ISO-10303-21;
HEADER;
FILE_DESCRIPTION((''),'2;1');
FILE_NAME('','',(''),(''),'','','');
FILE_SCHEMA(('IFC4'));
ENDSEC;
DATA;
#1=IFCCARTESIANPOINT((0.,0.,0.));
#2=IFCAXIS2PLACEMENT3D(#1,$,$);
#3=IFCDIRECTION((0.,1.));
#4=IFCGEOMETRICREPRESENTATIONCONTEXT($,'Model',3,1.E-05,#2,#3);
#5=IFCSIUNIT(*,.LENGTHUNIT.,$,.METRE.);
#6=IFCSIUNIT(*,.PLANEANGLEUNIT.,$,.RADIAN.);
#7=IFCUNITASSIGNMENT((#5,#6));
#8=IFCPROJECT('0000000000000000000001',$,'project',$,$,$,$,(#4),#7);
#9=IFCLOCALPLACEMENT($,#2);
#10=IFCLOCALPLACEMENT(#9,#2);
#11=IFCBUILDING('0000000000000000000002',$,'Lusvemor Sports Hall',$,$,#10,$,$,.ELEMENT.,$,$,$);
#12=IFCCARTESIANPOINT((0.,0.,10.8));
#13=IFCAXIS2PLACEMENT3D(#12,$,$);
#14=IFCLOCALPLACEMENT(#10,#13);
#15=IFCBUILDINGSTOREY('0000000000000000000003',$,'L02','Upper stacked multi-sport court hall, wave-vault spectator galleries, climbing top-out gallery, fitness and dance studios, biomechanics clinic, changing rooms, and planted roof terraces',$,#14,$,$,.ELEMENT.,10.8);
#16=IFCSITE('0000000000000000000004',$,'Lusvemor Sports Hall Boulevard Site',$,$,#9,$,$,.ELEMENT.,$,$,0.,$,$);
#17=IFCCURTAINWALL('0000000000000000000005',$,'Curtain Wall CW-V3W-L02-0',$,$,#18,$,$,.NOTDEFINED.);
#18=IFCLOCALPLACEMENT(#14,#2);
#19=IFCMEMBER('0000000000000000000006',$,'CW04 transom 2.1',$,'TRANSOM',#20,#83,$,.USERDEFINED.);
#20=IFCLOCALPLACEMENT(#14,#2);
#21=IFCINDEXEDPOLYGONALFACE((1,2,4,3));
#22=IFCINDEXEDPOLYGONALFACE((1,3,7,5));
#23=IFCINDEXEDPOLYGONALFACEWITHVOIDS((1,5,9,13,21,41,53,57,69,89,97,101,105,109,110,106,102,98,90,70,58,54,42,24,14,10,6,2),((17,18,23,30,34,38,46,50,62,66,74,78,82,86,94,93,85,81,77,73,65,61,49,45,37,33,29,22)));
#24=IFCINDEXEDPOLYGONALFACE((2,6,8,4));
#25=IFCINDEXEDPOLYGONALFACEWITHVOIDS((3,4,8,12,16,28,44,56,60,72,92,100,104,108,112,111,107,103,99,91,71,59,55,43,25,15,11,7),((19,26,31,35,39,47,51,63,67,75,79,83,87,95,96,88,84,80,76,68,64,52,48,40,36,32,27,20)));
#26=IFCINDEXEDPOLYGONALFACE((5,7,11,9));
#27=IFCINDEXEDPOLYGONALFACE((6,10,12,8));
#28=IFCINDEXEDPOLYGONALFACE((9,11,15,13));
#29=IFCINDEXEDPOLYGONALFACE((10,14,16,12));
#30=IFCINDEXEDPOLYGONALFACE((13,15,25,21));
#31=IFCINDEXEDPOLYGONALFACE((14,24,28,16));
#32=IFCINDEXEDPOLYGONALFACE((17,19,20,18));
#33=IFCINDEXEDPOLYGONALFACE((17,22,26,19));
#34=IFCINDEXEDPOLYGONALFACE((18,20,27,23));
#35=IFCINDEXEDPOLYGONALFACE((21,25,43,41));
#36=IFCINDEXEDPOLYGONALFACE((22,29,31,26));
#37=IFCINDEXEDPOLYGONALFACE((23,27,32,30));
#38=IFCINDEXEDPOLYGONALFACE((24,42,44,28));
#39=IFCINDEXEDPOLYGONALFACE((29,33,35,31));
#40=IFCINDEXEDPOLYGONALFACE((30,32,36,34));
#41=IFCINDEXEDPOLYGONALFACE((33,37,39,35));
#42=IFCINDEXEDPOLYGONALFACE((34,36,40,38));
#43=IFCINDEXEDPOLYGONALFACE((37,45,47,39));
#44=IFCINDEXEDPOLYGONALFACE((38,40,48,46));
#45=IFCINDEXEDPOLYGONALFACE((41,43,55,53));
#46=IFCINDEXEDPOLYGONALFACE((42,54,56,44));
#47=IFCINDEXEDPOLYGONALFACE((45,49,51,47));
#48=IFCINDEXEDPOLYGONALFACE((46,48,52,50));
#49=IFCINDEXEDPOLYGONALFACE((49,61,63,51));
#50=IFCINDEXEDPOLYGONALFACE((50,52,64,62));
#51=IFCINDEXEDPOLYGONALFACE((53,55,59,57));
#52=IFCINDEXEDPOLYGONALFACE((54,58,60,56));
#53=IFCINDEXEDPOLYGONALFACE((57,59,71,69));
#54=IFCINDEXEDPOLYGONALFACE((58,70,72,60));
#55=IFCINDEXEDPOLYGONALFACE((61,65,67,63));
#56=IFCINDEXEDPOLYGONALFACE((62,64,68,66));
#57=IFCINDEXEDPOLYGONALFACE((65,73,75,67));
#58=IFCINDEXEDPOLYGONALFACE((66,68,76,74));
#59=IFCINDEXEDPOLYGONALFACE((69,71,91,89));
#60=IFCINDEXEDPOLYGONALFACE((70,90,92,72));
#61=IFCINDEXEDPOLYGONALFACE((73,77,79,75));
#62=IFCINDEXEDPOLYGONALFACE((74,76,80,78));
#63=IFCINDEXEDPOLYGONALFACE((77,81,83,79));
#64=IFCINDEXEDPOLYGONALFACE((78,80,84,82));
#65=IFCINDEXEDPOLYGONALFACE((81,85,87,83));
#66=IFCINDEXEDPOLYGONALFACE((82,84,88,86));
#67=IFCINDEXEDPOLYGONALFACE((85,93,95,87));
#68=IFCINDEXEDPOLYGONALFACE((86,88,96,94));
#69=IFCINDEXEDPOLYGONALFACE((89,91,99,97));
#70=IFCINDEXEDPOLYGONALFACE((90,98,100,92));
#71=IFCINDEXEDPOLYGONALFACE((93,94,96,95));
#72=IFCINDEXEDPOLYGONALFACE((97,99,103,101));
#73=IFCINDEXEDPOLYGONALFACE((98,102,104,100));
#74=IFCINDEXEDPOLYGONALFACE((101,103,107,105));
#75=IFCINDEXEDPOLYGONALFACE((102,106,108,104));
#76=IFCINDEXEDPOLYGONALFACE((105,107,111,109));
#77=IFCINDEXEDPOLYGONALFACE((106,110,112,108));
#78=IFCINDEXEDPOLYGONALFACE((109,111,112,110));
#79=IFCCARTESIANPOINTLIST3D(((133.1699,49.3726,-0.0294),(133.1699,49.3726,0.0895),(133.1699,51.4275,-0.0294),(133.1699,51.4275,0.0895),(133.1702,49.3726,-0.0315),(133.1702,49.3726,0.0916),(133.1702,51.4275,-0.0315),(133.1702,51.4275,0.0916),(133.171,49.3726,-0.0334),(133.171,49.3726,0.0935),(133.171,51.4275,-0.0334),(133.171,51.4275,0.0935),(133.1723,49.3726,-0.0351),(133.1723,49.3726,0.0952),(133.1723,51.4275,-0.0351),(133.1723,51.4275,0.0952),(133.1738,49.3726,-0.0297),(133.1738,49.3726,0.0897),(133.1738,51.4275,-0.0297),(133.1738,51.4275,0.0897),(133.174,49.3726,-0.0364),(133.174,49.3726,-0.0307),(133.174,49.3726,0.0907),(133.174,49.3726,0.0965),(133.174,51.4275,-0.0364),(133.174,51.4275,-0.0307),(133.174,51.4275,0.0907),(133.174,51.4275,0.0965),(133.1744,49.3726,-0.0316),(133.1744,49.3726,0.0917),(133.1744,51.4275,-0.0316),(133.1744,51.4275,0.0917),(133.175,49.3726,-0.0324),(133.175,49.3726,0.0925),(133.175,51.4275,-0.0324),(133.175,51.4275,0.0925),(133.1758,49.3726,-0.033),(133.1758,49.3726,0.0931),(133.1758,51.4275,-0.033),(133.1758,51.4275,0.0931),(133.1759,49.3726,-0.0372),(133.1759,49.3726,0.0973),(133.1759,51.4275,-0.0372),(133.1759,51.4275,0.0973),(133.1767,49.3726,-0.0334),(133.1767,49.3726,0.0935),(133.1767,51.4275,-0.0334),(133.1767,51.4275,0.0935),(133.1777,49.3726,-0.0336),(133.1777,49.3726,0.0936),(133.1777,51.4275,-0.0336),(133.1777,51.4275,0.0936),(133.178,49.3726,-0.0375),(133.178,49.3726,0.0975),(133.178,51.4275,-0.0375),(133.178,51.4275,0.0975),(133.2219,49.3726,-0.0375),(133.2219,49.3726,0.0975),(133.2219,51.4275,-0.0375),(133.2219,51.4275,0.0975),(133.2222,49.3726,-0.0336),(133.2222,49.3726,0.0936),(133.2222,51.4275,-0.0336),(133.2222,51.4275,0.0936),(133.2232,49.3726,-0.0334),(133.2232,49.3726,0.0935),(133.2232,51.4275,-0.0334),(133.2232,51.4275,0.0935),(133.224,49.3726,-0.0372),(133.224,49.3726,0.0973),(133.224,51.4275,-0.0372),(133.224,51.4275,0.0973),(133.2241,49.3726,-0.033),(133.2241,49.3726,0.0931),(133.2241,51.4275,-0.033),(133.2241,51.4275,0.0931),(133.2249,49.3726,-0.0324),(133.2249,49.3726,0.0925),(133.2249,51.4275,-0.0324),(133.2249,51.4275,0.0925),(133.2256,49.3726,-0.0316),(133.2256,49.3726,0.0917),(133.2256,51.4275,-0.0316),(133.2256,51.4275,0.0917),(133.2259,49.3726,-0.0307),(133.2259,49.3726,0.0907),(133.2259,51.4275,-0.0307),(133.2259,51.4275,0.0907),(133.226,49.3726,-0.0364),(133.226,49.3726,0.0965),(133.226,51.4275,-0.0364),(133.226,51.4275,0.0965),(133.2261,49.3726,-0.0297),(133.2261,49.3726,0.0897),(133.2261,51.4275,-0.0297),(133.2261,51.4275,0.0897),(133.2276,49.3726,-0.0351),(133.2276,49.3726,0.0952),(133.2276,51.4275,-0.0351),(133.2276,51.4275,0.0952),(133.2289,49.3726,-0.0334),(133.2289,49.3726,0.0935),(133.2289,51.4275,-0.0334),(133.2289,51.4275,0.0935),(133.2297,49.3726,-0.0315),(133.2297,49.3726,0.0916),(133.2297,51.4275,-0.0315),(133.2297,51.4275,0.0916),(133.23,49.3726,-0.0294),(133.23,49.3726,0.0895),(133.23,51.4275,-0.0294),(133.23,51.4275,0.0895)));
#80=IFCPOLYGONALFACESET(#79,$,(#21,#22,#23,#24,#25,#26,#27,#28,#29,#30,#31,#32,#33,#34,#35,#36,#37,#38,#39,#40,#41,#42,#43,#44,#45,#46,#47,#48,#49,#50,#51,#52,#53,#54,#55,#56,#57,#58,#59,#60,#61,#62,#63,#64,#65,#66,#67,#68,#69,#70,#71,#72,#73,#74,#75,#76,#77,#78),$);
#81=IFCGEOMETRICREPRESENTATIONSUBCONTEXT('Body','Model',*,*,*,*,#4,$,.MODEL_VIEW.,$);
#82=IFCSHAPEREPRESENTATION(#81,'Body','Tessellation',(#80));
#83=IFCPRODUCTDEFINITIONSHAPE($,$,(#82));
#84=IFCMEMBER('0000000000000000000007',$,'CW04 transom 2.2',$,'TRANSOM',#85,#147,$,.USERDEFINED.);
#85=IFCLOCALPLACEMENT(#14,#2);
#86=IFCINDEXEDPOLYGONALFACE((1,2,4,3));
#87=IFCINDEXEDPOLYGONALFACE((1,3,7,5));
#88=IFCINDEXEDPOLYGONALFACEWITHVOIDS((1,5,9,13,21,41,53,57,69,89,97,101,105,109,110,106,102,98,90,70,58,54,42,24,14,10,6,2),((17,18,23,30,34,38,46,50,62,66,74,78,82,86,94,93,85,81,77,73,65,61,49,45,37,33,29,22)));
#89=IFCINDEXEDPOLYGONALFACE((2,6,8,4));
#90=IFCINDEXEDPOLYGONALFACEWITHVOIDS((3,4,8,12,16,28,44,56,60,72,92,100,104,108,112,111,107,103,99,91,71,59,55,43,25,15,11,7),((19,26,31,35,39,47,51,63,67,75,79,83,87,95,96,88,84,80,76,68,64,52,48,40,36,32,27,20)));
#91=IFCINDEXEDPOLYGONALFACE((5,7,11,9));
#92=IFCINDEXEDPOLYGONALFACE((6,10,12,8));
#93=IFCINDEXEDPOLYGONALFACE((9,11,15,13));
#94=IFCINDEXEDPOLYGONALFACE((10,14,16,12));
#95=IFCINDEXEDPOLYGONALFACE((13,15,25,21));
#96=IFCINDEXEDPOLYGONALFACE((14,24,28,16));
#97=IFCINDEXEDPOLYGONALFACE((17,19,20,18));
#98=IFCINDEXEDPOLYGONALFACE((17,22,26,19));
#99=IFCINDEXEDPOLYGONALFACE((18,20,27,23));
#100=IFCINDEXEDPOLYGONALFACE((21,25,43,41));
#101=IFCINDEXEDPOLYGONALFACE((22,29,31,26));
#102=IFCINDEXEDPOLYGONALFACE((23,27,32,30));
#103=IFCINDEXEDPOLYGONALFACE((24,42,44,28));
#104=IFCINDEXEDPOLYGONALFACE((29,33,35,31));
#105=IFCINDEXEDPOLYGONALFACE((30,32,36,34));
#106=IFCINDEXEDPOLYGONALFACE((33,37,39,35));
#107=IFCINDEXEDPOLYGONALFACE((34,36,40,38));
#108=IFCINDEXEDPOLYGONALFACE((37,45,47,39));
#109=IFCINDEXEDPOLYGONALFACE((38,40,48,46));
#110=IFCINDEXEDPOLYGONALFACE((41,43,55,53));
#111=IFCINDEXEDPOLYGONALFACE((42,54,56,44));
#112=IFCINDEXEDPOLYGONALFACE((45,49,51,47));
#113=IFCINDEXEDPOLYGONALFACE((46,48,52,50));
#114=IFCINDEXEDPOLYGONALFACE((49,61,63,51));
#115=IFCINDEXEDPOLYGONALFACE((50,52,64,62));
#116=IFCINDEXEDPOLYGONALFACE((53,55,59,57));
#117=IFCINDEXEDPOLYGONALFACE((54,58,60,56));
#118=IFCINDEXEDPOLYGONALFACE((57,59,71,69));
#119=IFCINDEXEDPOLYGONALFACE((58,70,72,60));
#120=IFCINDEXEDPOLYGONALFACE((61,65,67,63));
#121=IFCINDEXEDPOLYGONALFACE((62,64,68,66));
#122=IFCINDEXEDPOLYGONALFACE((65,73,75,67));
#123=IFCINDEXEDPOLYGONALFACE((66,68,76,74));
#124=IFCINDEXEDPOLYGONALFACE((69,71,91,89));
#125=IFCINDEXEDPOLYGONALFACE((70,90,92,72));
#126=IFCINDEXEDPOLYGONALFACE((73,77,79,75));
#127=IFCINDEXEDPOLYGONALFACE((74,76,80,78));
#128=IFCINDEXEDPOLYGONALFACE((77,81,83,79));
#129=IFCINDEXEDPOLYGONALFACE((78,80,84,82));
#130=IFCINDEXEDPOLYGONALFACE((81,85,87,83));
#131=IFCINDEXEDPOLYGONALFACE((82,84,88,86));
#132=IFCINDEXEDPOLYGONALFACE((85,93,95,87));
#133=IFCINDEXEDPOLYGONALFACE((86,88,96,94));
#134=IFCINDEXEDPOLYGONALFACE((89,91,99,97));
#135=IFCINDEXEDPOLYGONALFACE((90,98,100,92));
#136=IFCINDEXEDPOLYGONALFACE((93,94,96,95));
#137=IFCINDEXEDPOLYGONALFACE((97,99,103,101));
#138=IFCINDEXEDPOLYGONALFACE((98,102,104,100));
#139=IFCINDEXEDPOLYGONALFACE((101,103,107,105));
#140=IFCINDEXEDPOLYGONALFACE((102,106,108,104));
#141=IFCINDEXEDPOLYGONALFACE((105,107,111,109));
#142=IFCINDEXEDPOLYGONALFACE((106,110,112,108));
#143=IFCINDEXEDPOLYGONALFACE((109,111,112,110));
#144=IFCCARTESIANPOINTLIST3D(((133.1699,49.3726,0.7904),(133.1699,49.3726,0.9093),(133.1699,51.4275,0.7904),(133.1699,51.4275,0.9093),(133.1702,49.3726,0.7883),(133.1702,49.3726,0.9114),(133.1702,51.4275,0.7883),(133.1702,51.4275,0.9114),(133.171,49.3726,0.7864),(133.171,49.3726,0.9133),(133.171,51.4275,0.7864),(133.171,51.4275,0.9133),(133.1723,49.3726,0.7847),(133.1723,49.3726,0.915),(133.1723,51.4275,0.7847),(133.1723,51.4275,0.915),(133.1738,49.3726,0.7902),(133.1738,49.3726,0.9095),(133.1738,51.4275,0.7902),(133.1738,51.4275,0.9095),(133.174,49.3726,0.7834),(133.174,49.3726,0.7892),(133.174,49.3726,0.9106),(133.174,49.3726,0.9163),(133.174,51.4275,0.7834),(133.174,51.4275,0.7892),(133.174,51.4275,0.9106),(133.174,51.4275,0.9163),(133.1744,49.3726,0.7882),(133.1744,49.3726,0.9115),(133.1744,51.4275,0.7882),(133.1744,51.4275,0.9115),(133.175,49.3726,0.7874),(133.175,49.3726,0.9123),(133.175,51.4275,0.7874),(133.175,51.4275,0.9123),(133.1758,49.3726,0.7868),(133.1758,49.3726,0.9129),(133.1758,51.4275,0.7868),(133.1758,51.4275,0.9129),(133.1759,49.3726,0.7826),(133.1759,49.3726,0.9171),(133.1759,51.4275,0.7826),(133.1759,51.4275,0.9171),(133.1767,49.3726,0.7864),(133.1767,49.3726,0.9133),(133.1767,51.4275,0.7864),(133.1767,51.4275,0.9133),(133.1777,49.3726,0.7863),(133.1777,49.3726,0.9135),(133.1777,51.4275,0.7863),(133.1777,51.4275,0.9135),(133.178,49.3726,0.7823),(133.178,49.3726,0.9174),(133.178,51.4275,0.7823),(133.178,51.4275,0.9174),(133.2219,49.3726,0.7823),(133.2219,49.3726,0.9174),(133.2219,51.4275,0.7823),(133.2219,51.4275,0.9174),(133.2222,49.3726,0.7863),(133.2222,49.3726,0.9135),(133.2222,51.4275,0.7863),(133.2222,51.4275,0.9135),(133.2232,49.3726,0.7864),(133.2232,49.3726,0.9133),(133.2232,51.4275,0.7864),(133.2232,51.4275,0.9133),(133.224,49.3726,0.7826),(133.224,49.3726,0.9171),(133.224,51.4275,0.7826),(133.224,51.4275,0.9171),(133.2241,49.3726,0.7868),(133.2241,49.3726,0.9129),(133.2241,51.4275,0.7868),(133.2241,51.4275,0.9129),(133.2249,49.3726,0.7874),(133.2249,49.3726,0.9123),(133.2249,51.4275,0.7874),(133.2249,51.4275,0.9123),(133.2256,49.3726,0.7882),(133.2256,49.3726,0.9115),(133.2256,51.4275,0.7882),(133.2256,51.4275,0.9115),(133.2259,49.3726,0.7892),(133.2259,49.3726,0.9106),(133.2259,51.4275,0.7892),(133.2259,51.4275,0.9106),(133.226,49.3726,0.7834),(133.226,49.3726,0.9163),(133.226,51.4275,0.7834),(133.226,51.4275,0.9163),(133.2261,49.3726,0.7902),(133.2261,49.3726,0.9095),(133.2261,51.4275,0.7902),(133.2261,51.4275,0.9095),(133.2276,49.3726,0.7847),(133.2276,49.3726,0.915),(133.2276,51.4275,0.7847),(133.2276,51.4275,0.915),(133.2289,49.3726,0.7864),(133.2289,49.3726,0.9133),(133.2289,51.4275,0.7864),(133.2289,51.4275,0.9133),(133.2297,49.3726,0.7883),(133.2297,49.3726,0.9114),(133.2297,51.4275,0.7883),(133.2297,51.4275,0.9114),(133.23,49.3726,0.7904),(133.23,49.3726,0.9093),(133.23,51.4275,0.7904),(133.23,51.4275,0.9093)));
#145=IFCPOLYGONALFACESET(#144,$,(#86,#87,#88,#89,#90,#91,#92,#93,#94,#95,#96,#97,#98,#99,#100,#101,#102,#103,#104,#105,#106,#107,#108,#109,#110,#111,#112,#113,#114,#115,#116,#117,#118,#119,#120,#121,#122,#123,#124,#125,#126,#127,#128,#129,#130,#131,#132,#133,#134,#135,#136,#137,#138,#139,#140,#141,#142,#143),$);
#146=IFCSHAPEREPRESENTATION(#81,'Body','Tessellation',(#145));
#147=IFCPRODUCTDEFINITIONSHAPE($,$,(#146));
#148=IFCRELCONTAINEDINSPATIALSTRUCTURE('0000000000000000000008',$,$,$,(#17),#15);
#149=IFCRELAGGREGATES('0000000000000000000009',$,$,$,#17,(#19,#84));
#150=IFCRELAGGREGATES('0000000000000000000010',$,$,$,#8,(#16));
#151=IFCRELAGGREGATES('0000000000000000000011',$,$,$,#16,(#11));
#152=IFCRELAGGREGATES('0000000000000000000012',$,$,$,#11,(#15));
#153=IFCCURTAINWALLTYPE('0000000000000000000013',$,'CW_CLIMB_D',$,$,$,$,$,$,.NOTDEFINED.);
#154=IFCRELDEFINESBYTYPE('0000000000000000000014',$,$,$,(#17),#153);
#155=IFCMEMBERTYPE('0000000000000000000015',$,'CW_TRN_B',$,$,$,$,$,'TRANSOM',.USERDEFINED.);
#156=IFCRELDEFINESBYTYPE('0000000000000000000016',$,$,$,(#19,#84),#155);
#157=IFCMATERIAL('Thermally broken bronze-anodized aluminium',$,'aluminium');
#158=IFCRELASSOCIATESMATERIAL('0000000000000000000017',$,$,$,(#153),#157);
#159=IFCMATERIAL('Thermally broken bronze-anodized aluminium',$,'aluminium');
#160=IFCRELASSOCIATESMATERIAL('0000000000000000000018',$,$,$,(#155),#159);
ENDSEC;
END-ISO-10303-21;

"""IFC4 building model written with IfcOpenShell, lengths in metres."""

from ifc_helpers import new_model, si_unit, direction, frame, origin, origin_2d, place, context, subcontext, project, spatial, hollow_rectangle, extrude, material, material_profile, profile_set, type_object, element, aggregate, save


model = new_model("IFC4")

# Units and contexts
model_context = context("Model", 3, precision=1e-05, world=origin(), true_north=direction((0.0, 1.0)))
body_context = subcontext(model_context, "Body", "Model", "MODEL_VIEW")
ifc_project = project(units=[si_unit("LENGTHUNIT", "METRE"), si_unit("PLANEANGLEUNIT", "RADIAN")], contexts=[model_context])

# Site, building, storey
site_placement = place(None, origin())
site = spatial("IfcSite", under=ifc_project, at=site_placement, Name="Lusvemor Sports Hall Boulevard Site", CompositionType="ELEMENT", RefElevation=0.0)
building_placement = place(site_placement, origin())
building = spatial("IfcBuilding", under=site, at=building_placement, Name="Lusvemor Sports Hall", CompositionType="ELEMENT")
storey_placement = place(building_placement, frame((0.0, 0.0, 10.8)))
storey = spatial("IfcBuildingStorey", under=building, at=storey_placement, Name="L02", Description="Upper stacked multi-sport court hall, wave-vault spectator galleries, climbing top-out gallery, fitness and dance studios, biomechanics clinic, changing rooms, and planted roof terraces", CompositionType="ELEMENT", Elevation=10.8)

# Curtain wall
ifc_material_1 = material(Name="Thermally broken bronze-anodized aluminium", Category="aluminium")
curtain_wall_type = type_object("IfcCurtainWallType", Name="CW_CLIMB_D", PredefinedType="NOTDEFINED", material=ifc_material_1)
curtain_wall_1_placement = place(storey_placement, origin())
curtain_wall_1 = element("IfcCurtainWall", 1, at=curtain_wall_1_placement, inside=storey, type_object=curtain_wall_type, Name="Curtain Wall CW-V3W-L02-0", PredefinedType="NOTDEFINED")

# Members
ifc_material_2 = material(Name="Thermally broken bronze-anodized aluminium", Category="aluminium")
ifc_material_profile_1 = material_profile(ifc_material_2, hollow_rectangle(XDim=0.0601, YDim=0.135, WallThickness=0.0039, InnerFilletRadius=0.0039, OuterFilletRadius=0.0081, at=origin_2d()), Name="CWTRN135x60x4")
ifc_profile_set_1 = profile_set([ifc_material_profile_1], Name="Thermally broken bronze-anodized aluminium")
member_type_1 = type_object("IfcMemberType", Name="CW_TRN_B", ElementType="TRANSOM", PredefinedType="USERDEFINED", material=ifc_profile_set_1)
member_1_placement = place(storey_placement, frame((133.2, 49.3726, 0.03), z_axis=(0.0, 1.0, 0.0), x_axis=(-1.0, 0.0, 0.0)))
member_1 = element("IfcMember", 2, at=member_1_placement, type_object=member_type_1, Name="CW04 transom 2.1", ObjectType="TRANSOM", PredefinedType="USERDEFINED", context=body_context, shape_type="SweptSolid", body=[
    extrude(hollow_rectangle(XDim=0.0601, YDim=0.135, WallThickness=0.0039, InnerFilletRadius=0.0039, OuterFilletRadius=0.0081, at=origin_2d()), origin(), (0.0, 0.0, 1.0), 2.0549),
])
member_2_placement = place(storey_placement, frame((133.2, 49.3726, 0.8499), z_axis=(0.0, 1.0, 0.0), x_axis=(-1.0, 0.0, 0.0)))
member_2 = element("IfcMember", 3, at=member_2_placement, type_object=member_type_1, Name="CW04 transom 2.2", ObjectType="TRANSOM", PredefinedType="USERDEFINED", context=body_context, shape_type="SweptSolid", body=[
    extrude(hollow_rectangle(XDim=0.0601, YDim=0.135, WallThickness=0.0039, InnerFilletRadius=0.0039, OuterFilletRadius=0.0081, at=origin_2d()), origin(), (0.0, 0.0, 1.0), 2.0549),
])

aggregate(curtain_wall_1, [member_1, member_2])

save(model, "model.ifc")
